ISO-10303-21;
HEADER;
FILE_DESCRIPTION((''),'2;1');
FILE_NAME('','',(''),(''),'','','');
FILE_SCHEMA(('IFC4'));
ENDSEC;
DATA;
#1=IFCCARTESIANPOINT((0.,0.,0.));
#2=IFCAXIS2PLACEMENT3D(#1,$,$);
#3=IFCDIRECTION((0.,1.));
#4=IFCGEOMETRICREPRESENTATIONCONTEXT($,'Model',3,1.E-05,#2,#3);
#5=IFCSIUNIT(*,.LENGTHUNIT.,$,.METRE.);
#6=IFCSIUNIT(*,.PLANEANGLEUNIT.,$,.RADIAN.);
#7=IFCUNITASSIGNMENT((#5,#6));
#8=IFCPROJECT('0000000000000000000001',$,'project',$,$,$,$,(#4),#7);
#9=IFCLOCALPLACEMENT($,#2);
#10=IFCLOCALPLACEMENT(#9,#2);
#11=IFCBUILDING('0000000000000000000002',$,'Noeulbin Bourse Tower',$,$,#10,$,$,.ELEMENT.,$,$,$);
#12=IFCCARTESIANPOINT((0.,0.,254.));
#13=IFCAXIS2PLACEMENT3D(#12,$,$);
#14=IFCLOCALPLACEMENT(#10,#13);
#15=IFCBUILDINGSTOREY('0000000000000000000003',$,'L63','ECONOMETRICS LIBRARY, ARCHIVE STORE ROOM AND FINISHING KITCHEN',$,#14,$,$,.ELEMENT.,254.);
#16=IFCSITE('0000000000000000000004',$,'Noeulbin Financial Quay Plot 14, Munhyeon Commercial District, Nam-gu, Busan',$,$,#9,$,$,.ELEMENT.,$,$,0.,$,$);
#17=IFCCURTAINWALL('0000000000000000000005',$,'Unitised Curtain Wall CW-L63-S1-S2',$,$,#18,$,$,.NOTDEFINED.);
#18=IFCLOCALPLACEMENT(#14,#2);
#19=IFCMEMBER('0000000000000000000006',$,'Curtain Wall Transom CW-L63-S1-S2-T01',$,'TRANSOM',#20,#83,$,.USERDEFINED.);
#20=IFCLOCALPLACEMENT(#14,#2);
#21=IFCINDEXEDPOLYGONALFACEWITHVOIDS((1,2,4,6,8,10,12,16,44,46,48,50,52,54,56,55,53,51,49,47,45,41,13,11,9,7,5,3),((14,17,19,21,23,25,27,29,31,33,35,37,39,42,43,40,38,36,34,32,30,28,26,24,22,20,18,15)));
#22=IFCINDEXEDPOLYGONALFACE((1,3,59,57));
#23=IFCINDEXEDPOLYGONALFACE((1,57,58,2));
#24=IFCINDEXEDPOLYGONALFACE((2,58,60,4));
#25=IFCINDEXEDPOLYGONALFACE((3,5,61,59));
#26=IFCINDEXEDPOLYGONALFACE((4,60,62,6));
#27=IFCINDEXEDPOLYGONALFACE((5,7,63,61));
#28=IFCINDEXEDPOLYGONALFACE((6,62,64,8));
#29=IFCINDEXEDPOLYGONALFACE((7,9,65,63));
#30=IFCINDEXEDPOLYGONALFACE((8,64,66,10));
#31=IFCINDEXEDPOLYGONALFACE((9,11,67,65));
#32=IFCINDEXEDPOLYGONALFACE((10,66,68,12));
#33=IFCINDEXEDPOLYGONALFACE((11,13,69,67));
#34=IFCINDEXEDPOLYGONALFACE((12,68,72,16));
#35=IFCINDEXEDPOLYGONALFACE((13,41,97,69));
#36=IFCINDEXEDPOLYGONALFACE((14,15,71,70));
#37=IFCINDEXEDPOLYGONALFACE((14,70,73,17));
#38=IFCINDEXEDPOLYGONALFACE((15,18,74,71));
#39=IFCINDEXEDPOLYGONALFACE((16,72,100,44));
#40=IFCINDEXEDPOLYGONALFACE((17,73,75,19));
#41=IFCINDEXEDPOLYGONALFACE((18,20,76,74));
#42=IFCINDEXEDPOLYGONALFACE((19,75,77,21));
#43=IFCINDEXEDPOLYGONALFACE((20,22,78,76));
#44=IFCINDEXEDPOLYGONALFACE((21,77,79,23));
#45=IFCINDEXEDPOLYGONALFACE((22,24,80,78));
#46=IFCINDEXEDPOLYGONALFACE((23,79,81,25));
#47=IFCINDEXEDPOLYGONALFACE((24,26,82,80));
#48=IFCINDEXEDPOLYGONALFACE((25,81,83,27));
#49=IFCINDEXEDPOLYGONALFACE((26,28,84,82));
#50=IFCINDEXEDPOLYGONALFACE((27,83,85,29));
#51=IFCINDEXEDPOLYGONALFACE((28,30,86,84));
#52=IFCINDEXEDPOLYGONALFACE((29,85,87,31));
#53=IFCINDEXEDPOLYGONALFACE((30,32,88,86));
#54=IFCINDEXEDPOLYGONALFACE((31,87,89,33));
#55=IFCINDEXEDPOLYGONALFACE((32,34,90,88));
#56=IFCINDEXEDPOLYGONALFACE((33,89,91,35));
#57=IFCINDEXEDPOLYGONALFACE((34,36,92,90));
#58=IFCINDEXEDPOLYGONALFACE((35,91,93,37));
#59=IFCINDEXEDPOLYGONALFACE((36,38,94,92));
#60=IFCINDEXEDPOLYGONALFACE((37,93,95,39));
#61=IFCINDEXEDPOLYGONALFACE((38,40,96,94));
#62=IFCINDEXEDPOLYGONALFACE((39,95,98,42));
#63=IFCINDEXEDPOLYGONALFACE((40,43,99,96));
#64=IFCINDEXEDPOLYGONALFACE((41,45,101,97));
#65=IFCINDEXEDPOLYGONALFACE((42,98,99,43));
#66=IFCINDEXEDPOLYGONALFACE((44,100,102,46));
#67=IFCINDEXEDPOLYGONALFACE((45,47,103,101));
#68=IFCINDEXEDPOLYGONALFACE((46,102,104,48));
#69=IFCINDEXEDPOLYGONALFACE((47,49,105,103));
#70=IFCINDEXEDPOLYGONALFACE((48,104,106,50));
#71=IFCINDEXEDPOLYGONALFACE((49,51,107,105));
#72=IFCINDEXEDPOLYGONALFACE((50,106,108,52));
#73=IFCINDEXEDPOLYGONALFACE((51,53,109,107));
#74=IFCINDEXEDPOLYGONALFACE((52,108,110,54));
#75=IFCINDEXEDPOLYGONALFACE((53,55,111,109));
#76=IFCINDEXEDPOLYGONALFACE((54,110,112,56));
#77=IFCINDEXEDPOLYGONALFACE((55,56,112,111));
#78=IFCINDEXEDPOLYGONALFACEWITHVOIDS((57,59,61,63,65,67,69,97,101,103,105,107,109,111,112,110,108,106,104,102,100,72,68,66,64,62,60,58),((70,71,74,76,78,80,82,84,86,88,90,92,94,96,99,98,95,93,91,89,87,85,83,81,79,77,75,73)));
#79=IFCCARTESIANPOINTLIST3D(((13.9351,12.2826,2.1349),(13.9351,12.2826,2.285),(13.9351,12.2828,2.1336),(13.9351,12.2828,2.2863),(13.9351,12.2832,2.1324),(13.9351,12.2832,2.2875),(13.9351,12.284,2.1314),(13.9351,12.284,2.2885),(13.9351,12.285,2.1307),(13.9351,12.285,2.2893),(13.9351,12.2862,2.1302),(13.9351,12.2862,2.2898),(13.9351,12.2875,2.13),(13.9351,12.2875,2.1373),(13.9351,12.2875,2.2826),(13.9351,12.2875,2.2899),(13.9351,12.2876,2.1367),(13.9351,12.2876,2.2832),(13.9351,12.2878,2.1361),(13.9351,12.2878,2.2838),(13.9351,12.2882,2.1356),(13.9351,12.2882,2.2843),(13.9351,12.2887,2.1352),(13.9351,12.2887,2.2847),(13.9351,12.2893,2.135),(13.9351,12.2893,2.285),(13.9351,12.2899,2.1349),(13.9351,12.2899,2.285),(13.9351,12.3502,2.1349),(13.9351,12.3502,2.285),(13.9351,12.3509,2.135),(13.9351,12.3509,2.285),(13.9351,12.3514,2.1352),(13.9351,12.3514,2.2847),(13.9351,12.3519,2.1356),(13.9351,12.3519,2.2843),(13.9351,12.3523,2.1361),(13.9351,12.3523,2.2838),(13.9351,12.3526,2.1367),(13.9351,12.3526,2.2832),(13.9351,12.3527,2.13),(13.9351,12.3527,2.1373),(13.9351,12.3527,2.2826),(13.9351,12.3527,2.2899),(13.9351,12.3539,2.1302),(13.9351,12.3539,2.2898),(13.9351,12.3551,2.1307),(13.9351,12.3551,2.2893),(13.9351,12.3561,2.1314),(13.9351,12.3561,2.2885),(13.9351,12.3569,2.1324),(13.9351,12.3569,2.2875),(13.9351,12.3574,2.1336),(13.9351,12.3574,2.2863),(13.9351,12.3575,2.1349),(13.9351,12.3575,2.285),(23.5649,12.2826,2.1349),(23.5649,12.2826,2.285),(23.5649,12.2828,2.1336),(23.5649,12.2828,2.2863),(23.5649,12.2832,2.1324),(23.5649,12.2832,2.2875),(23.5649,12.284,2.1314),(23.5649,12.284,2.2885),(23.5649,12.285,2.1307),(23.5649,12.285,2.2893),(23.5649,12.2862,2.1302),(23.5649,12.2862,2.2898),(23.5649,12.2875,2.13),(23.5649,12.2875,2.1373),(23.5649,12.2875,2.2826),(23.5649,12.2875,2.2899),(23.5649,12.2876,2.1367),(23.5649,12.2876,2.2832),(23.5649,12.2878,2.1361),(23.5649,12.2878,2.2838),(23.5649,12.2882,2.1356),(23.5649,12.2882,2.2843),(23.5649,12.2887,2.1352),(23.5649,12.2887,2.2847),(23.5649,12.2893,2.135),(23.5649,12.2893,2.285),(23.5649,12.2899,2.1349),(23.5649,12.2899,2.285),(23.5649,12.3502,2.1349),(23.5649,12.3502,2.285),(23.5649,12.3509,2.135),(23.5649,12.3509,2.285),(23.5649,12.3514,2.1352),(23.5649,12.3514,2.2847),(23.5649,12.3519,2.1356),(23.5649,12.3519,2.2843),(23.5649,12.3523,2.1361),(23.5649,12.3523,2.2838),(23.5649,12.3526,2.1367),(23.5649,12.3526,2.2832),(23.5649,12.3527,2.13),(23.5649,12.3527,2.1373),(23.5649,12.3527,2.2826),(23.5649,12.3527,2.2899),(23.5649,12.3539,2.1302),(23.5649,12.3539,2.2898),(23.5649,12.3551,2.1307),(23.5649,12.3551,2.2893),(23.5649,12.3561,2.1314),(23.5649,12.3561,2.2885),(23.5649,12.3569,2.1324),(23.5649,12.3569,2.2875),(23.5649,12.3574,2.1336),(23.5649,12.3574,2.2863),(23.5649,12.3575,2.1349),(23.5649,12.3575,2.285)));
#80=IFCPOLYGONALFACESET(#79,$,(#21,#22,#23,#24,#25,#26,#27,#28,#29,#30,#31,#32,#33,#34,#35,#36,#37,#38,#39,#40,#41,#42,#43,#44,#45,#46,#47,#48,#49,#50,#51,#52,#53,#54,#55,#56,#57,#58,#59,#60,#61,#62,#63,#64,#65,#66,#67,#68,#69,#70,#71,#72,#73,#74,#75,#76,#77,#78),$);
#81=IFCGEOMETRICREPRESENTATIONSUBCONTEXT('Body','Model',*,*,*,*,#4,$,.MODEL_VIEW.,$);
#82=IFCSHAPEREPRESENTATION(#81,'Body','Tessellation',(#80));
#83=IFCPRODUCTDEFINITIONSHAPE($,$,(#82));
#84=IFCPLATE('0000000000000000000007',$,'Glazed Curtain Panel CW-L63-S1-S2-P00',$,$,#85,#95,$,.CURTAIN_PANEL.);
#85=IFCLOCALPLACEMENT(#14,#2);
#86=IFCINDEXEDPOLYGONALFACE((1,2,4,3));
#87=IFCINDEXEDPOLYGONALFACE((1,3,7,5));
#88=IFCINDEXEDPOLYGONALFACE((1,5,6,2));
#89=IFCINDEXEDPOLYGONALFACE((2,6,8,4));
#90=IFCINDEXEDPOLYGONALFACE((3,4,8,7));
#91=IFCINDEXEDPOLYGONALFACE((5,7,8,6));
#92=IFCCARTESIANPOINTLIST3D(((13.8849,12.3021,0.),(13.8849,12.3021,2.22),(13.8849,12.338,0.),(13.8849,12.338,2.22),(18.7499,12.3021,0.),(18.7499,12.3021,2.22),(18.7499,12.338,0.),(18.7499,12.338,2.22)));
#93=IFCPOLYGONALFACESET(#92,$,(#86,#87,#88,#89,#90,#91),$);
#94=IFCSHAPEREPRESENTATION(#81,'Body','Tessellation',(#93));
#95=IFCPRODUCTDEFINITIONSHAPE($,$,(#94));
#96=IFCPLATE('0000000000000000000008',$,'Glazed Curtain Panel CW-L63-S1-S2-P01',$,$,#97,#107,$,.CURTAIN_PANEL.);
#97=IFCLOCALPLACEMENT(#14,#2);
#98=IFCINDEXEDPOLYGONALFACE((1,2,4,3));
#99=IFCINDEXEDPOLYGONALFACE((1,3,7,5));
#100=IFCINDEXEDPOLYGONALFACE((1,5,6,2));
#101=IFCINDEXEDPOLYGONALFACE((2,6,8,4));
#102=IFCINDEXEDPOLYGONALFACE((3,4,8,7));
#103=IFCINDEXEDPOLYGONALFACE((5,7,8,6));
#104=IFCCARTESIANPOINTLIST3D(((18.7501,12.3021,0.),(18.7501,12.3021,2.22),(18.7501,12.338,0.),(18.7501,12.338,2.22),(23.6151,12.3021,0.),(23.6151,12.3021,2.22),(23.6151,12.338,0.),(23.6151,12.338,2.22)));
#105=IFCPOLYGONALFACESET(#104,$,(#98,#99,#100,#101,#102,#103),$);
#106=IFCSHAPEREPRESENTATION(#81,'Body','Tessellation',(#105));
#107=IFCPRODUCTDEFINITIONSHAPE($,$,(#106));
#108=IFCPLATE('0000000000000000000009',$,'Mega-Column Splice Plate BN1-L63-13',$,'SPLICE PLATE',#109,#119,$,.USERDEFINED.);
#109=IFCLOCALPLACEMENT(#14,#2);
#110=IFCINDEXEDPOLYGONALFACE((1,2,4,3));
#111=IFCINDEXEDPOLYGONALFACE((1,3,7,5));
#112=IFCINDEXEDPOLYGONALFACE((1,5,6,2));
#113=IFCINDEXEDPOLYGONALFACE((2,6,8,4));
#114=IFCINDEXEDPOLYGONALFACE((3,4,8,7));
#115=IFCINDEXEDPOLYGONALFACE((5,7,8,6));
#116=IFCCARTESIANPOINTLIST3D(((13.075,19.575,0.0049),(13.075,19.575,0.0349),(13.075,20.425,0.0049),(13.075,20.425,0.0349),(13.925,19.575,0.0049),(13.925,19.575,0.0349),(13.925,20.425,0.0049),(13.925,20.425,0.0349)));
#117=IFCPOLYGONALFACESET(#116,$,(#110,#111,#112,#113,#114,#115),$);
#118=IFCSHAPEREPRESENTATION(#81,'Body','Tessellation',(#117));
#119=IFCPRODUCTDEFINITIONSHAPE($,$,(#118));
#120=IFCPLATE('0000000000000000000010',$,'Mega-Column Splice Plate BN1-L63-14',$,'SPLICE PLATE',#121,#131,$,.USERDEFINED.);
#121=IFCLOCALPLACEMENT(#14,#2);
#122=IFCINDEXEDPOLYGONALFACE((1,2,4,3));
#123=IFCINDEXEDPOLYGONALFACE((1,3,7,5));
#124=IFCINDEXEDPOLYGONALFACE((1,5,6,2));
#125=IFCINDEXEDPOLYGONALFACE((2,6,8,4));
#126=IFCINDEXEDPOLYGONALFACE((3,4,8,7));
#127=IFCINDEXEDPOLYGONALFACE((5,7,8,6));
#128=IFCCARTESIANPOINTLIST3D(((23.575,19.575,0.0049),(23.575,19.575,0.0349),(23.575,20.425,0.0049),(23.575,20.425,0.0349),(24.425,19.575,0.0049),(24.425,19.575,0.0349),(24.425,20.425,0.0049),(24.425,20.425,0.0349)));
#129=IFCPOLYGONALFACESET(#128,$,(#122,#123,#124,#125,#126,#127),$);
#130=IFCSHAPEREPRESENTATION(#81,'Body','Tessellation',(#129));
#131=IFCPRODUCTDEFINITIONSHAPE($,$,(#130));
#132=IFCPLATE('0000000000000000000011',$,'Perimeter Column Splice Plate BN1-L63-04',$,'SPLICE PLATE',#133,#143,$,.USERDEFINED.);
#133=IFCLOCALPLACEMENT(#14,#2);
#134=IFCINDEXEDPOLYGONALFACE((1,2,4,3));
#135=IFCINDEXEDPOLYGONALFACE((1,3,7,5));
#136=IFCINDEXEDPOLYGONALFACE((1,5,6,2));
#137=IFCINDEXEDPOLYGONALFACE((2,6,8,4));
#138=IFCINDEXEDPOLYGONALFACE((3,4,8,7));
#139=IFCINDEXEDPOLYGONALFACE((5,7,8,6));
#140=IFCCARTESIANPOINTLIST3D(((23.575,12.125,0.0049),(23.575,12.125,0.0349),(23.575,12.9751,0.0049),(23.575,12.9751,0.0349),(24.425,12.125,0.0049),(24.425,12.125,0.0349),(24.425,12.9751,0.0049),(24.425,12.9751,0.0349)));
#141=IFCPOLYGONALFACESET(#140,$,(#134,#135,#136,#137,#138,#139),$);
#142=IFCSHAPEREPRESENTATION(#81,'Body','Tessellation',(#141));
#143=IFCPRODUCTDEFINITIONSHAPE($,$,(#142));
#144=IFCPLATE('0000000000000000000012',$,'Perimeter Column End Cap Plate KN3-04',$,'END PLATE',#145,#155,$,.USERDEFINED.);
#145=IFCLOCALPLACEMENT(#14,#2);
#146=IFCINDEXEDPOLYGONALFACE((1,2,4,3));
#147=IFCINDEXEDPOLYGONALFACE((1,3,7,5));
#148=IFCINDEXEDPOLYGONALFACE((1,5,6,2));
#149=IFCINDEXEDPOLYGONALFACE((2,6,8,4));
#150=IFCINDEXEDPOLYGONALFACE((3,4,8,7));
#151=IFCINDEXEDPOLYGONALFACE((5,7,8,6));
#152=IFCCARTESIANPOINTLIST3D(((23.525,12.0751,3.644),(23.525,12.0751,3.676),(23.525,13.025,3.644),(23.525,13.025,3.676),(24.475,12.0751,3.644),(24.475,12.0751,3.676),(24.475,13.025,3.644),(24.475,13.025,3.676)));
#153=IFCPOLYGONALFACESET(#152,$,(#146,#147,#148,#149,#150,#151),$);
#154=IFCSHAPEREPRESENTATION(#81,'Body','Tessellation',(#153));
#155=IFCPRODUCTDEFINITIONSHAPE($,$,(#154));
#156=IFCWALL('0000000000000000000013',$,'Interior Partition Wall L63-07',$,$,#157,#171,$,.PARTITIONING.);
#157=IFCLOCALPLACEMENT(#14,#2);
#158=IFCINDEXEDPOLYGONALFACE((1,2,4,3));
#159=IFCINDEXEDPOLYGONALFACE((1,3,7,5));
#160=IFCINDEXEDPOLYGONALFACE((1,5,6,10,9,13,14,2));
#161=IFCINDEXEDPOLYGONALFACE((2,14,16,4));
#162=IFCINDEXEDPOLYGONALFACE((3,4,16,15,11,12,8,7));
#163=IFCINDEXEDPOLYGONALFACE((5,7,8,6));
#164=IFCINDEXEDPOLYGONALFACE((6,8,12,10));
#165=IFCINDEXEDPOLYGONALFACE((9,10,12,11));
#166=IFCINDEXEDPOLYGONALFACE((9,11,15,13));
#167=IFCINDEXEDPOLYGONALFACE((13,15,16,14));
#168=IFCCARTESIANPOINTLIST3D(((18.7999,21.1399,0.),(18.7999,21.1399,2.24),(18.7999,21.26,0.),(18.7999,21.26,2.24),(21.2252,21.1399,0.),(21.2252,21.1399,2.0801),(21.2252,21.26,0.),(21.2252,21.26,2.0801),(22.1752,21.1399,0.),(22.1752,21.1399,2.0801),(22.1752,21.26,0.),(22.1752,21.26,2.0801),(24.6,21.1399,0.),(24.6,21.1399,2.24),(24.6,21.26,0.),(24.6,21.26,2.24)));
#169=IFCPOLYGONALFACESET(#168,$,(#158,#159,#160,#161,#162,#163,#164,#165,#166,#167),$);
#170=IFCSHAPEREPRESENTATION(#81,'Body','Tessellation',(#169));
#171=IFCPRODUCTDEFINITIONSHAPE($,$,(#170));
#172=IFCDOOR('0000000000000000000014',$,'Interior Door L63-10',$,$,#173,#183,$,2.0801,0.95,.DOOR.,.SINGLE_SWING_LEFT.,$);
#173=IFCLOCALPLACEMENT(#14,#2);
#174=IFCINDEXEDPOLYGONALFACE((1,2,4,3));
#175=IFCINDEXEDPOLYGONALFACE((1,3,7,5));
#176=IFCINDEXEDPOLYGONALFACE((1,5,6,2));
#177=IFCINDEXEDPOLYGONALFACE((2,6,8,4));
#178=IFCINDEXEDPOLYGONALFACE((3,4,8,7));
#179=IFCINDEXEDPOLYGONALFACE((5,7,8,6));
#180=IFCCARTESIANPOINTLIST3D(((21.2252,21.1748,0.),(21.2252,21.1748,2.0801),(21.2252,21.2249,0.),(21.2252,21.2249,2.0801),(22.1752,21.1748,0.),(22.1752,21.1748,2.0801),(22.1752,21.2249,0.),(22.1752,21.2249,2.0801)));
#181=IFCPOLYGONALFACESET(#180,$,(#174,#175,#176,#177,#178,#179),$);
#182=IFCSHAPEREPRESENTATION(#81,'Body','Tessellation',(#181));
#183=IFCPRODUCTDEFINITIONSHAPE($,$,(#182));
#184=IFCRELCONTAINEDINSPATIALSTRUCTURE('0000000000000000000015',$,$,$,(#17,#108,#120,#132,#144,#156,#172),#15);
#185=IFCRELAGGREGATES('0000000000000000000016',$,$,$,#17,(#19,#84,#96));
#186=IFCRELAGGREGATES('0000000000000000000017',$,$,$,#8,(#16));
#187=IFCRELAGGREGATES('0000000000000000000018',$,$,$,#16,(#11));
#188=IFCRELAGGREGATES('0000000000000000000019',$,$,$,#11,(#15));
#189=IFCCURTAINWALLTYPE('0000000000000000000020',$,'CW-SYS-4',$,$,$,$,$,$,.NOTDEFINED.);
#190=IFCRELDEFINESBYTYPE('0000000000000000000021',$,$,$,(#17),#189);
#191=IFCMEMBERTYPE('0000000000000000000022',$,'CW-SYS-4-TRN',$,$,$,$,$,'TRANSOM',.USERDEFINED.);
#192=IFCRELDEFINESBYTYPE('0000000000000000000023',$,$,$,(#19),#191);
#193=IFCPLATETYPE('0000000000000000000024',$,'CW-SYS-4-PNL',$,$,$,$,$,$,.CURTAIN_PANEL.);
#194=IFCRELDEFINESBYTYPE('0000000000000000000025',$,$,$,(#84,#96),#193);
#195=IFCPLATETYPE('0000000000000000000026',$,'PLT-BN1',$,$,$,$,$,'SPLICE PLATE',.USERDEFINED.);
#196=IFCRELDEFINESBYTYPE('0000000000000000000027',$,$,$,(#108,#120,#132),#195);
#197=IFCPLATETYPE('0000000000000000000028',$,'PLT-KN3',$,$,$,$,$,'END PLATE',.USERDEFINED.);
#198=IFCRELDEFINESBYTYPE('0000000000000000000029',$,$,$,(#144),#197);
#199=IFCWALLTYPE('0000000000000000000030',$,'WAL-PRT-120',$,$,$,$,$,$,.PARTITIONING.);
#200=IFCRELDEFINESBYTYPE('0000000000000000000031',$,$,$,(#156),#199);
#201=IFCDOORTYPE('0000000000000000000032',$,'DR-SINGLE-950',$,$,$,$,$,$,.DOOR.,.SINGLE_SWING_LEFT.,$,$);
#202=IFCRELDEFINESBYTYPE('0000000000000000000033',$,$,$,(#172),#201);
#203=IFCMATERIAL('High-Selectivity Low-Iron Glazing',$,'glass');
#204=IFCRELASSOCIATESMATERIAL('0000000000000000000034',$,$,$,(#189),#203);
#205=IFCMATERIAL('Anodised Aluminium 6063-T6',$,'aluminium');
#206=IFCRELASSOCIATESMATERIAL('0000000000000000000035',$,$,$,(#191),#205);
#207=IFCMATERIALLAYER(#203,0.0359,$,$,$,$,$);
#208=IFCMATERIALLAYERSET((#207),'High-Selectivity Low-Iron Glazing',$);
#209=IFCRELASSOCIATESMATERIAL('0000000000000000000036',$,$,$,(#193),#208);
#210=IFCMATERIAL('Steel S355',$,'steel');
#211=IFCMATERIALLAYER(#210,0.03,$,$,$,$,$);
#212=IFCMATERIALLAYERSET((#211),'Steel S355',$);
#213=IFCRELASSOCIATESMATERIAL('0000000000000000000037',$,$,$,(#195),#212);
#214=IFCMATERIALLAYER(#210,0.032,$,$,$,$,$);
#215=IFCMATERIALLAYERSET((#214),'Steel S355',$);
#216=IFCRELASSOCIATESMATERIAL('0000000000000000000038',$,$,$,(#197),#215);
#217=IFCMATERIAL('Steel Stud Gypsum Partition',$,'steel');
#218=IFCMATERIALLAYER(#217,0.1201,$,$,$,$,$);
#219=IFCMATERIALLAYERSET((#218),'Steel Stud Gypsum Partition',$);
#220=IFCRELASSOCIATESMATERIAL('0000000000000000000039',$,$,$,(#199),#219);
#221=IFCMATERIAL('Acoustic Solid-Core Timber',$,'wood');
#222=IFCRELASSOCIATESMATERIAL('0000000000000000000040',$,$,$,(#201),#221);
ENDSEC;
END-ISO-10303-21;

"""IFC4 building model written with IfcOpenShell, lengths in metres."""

from ifc_helpers import new_model, si_unit, direction, frame, frame_2d, origin, origin_2d, place, context, subcontext, project, spatial, rectangle, hollow_rectangle, extrude, material, layer, layer_set, material_profile, profile_set, type_object, element, fill, aggregate, save


model = new_model("IFC4")

# Units and contexts
model_context = context("Model", 3, precision=1e-05, world=origin(), true_north=direction((0.0, 1.0)))
body_context = subcontext(model_context, "Body", "Model", "MODEL_VIEW")
ifc_project = project(units=[si_unit("LENGTHUNIT", "METRE"), si_unit("PLANEANGLEUNIT", "RADIAN")], contexts=[model_context])

# Site, building, storey
site_placement = place(None, origin())
site = spatial("IfcSite", under=ifc_project, at=site_placement, Name="Noeulbin Financial Quay Plot 14, Munhyeon Commercial District, Nam-gu, Busan", CompositionType="ELEMENT", RefElevation=0.0)
building_placement = place(site_placement, origin())
building = spatial("IfcBuilding", under=site, at=building_placement, Name="Noeulbin Bourse Tower", CompositionType="ELEMENT")
storey_placement = place(building_placement, frame((0.0, 0.0, 254.0)))
storey = spatial("IfcBuildingStorey", under=building, at=storey_placement, Name="L63", Description="ECONOMETRICS LIBRARY, ARCHIVE STORE ROOM AND FINISHING KITCHEN", CompositionType="ELEMENT", Elevation=254.0)

# Shared definitions
ifc_material_1 = material(Name="Steel S355", Category="steel")

# Curtain wall, member, plates
ifc_material_2 = material(Name="High-Selectivity Low-Iron Glazing", Category="glass")
curtain_wall_type = type_object("IfcCurtainWallType", Name="CW-SYS-4", PredefinedType="NOTDEFINED", material=ifc_material_2)
curtain_wall_placement = place(storey_placement, origin())
curtain_wall = element("IfcCurtainWall", 1, at=curtain_wall_placement, inside=storey, type_object=curtain_wall_type, Name="Unitised Curtain Wall CW-L63-S1-S2", PredefinedType="NOTDEFINED")
ifc_material_3 = material(Name="Anodised Aluminium 6063-T6", Category="aluminium")
ifc_material_profile_1 = material_profile(ifc_material_3, hollow_rectangle(XDim=0.075, YDim=0.1599, WallThickness=0.0049, InnerFilletRadius=0.0024, OuterFilletRadius=0.0049, at=origin_2d()), Name="ALU-TRAN-75x160x5", Category="LoadBearing")
ifc_profile_set_1 = profile_set([ifc_material_profile_1], Name="Anodised Aluminium 6063-T6")
member_type_1 = type_object("IfcMemberType", Name="CW-SYS-4-TRN", ElementType="TRANSOM", PredefinedType="USERDEFINED", material=ifc_profile_set_1)
member_1_placement = place(storey_placement, frame((13.9351, 12.3201, 2.21), z_axis=(1.0, 0.0, 0.0), x_axis=(0.0, 1.0, 0.0)))
member_1 = element("IfcMember", 2, at=member_1_placement, type_object=member_type_1, Name="Curtain Wall Transom CW-L63-S1-S2-T01", ObjectType="TRANSOM", PredefinedType="USERDEFINED", context=body_context, shape_type="SweptSolid", body=[
    extrude(hollow_rectangle(XDim=0.075, YDim=0.1599, WallThickness=0.0049, InnerFilletRadius=0.0024, OuterFilletRadius=0.0049, at=origin_2d()), origin(), (0.0, 0.0, 1.0), 9.6299),
])
ifc_layer_1 = layer(ifc_material_2, 0.0359)
ifc_layer_set_1 = layer_set([ifc_layer_1], Name="High-Selectivity Low-Iron Glazing")
plate_type_1 = type_object("IfcPlateType", Name="CW-SYS-4-PNL", PredefinedType="CURTAIN_PANEL", material=ifc_layer_set_1)
plate_1_placement = place(storey_placement, frame((16.3174, 12.3201, 0.0), z_axis=(0.0, 0.0, 1.0), x_axis=(1.0, 0.0, 0.0)))
plate_1 = element("IfcPlate", 3, at=plate_1_placement, type_object=plate_type_1, Name="Glazed Curtain Panel CW-L63-S1-S2-P00", PredefinedType="CURTAIN_PANEL", context=body_context, shape_type="SweptSolid", body=[
    extrude(rectangle(XDim=4.865, YDim=0.0359, at=origin_2d()), origin(), (0.0, 0.0, 1.0), 2.22),
])
plate_2_placement = place(storey_placement, frame((21.1826, 12.3201, 0.0), z_axis=(0.0, 0.0, 1.0), x_axis=(1.0, 0.0, 0.0)))
plate_2 = element("IfcPlate", 4, at=plate_2_placement, type_object=plate_type_1, Name="Glazed Curtain Panel CW-L63-S1-S2-P01", PredefinedType="CURTAIN_PANEL", context=body_context, shape_type="SweptSolid", body=[
    extrude(rectangle(XDim=4.865, YDim=0.0359, at=origin_2d()), origin(), (0.0, 0.0, 1.0), 2.22),
])
aggregate(curtain_wall, [member_1, plate_1, plate_2])

# Plates
ifc_layer_2 = layer(ifc_material_1, 0.03)
ifc_layer_set_2 = layer_set([ifc_layer_2], Name="Steel S355")
plate_type_2 = type_object("IfcPlateType", Name="PLT-BN1", ElementType="SPLICE PLATE", PredefinedType="USERDEFINED", material=ifc_layer_set_2)
for number, where, z_axis, x_axis, name in (
    (5, (13.5, 20.0, 0.0049), (0.0, 0.0, 1.0), (1.0, 0.0, 0.0), "Mega-Column Splice Plate BN1-L63-13"),
    (6, (24.0, 20.0, 0.0049), (0.0, 0.0, 1.0), (1.0, 0.0, 0.0), "Mega-Column Splice Plate BN1-L63-14"),
    (7, (24.0, 12.55, 0.0049), (0.0, 0.0, 1.0), (1.0, 0.0, 0.0), "Perimeter Column Splice Plate BN1-L63-04"),
):
    element("IfcPlate", number, at=place(storey_placement, frame(where, z_axis=z_axis, x_axis=x_axis)), inside=storey, type_object=plate_type_2, Name=name, ObjectType="SPLICE PLATE", PredefinedType="USERDEFINED", context=body_context, shape_type="SweptSolid", body=[
        extrude(rectangle(XDim=0.8501, YDim=0.8501, at=origin_2d()), origin(), (0.0, 0.0, 1.0), 0.03),
    ])
ifc_layer_3 = layer(ifc_material_1, 0.032)
ifc_layer_set_3 = layer_set([ifc_layer_3], Name="Steel S355")
plate_type_3 = type_object("IfcPlateType", Name="PLT-KN3", ElementType="END PLATE", PredefinedType="USERDEFINED", material=ifc_layer_set_3)
plate_3_placement = place(storey_placement, frame((24.0, 12.55, 3.644), z_axis=(0.0, 0.0, 1.0), x_axis=(1.0, 0.0, 0.0)))
element("IfcPlate", 8, at=plate_3_placement, inside=storey, type_object=plate_type_3, Name="Perimeter Column End Cap Plate KN3-04", ObjectType="END PLATE", PredefinedType="USERDEFINED", context=body_context, shape_type="SweptSolid", body=[
    extrude(rectangle(XDim=0.95, YDim=0.95, at=origin_2d()), origin(), (0.0, 0.0, 1.0), 0.032),
])

# Wall, opening, door
ifc_material_4 = material(Name="Steel Stud Gypsum Partition", Category="steel")
ifc_layer_4 = layer(ifc_material_4, 0.1201)
ifc_layer_set_4 = layer_set([ifc_layer_4], Name="Steel Stud Gypsum Partition")
wall_type = type_object("IfcWallType", Name="WAL-PRT-120", PredefinedType="PARTITIONING", material=ifc_layer_set_4)
wall_1_placement = place(storey_placement, frame((18.8, 21.2, 0.0), z_axis=(0.0, 0.0, 1.0), x_axis=(1.0, 0.0, 0.0)))
wall_1 = element("IfcWall", 9, at=wall_1_placement, inside=storey, type_object=wall_type, Name="Interior Partition Wall L63-07", PredefinedType="PARTITIONING", context=body_context, shape_type="SweptSolid", body=[
    extrude(rectangle(XDim=5.8, YDim=0.1201, at=frame_2d((2.8999, 0.0))), origin(), (0.0, 0.0, 1.0), 2.24),
])
opening_placement = place(wall_1_placement, frame((2.425, 0.0, 0.0)))
opening = element("IfcOpeningElement", 10, at=opening_placement, cuts=wall_1, PredefinedType="OPENING", context=body_context, shape_type="SweptSolid", body=[
    extrude(rectangle(XDim=0.95, YDim=2.0801, at=frame_2d((0.4751, 1.04))), frame((0.0, 0.0701, 0.0), z_axis=(0.0, -1.0, 0.0), x_axis=(1.0, 0.0, 0.0)), (0.0, 0.0, 1.0), 0.1401),
])
ifc_material_5 = material(Name="Acoustic Solid-Core Timber", Category="wood")
door_type = type_object("IfcDoorType", Name="DR-SINGLE-950", OperationType="SINGLE_SWING_LEFT", PredefinedType="DOOR", material=ifc_material_5)
door_placement = place(opening_placement, origin())
door = element("IfcDoor", 11, at=door_placement, inside=storey, type_object=door_type, Name="Interior Door L63-10", OperationType="SINGLE_SWING_LEFT", OverallHeight=2.0801, OverallWidth=0.95, PredefinedType="DOOR", context=body_context, shape_type="SweptSolid", body=[
    extrude(rectangle(XDim=0.95, YDim=2.0801, at=frame_2d((0.4751, 1.04))), frame((0.0, 0.0249, 0.0), z_axis=(0.0, -1.0, 0.0), x_axis=(1.0, 0.0, 0.0)), (0.0, 0.0, 1.0), 0.05),
])
fill(opening, door)

save(model, "model.ifc")
